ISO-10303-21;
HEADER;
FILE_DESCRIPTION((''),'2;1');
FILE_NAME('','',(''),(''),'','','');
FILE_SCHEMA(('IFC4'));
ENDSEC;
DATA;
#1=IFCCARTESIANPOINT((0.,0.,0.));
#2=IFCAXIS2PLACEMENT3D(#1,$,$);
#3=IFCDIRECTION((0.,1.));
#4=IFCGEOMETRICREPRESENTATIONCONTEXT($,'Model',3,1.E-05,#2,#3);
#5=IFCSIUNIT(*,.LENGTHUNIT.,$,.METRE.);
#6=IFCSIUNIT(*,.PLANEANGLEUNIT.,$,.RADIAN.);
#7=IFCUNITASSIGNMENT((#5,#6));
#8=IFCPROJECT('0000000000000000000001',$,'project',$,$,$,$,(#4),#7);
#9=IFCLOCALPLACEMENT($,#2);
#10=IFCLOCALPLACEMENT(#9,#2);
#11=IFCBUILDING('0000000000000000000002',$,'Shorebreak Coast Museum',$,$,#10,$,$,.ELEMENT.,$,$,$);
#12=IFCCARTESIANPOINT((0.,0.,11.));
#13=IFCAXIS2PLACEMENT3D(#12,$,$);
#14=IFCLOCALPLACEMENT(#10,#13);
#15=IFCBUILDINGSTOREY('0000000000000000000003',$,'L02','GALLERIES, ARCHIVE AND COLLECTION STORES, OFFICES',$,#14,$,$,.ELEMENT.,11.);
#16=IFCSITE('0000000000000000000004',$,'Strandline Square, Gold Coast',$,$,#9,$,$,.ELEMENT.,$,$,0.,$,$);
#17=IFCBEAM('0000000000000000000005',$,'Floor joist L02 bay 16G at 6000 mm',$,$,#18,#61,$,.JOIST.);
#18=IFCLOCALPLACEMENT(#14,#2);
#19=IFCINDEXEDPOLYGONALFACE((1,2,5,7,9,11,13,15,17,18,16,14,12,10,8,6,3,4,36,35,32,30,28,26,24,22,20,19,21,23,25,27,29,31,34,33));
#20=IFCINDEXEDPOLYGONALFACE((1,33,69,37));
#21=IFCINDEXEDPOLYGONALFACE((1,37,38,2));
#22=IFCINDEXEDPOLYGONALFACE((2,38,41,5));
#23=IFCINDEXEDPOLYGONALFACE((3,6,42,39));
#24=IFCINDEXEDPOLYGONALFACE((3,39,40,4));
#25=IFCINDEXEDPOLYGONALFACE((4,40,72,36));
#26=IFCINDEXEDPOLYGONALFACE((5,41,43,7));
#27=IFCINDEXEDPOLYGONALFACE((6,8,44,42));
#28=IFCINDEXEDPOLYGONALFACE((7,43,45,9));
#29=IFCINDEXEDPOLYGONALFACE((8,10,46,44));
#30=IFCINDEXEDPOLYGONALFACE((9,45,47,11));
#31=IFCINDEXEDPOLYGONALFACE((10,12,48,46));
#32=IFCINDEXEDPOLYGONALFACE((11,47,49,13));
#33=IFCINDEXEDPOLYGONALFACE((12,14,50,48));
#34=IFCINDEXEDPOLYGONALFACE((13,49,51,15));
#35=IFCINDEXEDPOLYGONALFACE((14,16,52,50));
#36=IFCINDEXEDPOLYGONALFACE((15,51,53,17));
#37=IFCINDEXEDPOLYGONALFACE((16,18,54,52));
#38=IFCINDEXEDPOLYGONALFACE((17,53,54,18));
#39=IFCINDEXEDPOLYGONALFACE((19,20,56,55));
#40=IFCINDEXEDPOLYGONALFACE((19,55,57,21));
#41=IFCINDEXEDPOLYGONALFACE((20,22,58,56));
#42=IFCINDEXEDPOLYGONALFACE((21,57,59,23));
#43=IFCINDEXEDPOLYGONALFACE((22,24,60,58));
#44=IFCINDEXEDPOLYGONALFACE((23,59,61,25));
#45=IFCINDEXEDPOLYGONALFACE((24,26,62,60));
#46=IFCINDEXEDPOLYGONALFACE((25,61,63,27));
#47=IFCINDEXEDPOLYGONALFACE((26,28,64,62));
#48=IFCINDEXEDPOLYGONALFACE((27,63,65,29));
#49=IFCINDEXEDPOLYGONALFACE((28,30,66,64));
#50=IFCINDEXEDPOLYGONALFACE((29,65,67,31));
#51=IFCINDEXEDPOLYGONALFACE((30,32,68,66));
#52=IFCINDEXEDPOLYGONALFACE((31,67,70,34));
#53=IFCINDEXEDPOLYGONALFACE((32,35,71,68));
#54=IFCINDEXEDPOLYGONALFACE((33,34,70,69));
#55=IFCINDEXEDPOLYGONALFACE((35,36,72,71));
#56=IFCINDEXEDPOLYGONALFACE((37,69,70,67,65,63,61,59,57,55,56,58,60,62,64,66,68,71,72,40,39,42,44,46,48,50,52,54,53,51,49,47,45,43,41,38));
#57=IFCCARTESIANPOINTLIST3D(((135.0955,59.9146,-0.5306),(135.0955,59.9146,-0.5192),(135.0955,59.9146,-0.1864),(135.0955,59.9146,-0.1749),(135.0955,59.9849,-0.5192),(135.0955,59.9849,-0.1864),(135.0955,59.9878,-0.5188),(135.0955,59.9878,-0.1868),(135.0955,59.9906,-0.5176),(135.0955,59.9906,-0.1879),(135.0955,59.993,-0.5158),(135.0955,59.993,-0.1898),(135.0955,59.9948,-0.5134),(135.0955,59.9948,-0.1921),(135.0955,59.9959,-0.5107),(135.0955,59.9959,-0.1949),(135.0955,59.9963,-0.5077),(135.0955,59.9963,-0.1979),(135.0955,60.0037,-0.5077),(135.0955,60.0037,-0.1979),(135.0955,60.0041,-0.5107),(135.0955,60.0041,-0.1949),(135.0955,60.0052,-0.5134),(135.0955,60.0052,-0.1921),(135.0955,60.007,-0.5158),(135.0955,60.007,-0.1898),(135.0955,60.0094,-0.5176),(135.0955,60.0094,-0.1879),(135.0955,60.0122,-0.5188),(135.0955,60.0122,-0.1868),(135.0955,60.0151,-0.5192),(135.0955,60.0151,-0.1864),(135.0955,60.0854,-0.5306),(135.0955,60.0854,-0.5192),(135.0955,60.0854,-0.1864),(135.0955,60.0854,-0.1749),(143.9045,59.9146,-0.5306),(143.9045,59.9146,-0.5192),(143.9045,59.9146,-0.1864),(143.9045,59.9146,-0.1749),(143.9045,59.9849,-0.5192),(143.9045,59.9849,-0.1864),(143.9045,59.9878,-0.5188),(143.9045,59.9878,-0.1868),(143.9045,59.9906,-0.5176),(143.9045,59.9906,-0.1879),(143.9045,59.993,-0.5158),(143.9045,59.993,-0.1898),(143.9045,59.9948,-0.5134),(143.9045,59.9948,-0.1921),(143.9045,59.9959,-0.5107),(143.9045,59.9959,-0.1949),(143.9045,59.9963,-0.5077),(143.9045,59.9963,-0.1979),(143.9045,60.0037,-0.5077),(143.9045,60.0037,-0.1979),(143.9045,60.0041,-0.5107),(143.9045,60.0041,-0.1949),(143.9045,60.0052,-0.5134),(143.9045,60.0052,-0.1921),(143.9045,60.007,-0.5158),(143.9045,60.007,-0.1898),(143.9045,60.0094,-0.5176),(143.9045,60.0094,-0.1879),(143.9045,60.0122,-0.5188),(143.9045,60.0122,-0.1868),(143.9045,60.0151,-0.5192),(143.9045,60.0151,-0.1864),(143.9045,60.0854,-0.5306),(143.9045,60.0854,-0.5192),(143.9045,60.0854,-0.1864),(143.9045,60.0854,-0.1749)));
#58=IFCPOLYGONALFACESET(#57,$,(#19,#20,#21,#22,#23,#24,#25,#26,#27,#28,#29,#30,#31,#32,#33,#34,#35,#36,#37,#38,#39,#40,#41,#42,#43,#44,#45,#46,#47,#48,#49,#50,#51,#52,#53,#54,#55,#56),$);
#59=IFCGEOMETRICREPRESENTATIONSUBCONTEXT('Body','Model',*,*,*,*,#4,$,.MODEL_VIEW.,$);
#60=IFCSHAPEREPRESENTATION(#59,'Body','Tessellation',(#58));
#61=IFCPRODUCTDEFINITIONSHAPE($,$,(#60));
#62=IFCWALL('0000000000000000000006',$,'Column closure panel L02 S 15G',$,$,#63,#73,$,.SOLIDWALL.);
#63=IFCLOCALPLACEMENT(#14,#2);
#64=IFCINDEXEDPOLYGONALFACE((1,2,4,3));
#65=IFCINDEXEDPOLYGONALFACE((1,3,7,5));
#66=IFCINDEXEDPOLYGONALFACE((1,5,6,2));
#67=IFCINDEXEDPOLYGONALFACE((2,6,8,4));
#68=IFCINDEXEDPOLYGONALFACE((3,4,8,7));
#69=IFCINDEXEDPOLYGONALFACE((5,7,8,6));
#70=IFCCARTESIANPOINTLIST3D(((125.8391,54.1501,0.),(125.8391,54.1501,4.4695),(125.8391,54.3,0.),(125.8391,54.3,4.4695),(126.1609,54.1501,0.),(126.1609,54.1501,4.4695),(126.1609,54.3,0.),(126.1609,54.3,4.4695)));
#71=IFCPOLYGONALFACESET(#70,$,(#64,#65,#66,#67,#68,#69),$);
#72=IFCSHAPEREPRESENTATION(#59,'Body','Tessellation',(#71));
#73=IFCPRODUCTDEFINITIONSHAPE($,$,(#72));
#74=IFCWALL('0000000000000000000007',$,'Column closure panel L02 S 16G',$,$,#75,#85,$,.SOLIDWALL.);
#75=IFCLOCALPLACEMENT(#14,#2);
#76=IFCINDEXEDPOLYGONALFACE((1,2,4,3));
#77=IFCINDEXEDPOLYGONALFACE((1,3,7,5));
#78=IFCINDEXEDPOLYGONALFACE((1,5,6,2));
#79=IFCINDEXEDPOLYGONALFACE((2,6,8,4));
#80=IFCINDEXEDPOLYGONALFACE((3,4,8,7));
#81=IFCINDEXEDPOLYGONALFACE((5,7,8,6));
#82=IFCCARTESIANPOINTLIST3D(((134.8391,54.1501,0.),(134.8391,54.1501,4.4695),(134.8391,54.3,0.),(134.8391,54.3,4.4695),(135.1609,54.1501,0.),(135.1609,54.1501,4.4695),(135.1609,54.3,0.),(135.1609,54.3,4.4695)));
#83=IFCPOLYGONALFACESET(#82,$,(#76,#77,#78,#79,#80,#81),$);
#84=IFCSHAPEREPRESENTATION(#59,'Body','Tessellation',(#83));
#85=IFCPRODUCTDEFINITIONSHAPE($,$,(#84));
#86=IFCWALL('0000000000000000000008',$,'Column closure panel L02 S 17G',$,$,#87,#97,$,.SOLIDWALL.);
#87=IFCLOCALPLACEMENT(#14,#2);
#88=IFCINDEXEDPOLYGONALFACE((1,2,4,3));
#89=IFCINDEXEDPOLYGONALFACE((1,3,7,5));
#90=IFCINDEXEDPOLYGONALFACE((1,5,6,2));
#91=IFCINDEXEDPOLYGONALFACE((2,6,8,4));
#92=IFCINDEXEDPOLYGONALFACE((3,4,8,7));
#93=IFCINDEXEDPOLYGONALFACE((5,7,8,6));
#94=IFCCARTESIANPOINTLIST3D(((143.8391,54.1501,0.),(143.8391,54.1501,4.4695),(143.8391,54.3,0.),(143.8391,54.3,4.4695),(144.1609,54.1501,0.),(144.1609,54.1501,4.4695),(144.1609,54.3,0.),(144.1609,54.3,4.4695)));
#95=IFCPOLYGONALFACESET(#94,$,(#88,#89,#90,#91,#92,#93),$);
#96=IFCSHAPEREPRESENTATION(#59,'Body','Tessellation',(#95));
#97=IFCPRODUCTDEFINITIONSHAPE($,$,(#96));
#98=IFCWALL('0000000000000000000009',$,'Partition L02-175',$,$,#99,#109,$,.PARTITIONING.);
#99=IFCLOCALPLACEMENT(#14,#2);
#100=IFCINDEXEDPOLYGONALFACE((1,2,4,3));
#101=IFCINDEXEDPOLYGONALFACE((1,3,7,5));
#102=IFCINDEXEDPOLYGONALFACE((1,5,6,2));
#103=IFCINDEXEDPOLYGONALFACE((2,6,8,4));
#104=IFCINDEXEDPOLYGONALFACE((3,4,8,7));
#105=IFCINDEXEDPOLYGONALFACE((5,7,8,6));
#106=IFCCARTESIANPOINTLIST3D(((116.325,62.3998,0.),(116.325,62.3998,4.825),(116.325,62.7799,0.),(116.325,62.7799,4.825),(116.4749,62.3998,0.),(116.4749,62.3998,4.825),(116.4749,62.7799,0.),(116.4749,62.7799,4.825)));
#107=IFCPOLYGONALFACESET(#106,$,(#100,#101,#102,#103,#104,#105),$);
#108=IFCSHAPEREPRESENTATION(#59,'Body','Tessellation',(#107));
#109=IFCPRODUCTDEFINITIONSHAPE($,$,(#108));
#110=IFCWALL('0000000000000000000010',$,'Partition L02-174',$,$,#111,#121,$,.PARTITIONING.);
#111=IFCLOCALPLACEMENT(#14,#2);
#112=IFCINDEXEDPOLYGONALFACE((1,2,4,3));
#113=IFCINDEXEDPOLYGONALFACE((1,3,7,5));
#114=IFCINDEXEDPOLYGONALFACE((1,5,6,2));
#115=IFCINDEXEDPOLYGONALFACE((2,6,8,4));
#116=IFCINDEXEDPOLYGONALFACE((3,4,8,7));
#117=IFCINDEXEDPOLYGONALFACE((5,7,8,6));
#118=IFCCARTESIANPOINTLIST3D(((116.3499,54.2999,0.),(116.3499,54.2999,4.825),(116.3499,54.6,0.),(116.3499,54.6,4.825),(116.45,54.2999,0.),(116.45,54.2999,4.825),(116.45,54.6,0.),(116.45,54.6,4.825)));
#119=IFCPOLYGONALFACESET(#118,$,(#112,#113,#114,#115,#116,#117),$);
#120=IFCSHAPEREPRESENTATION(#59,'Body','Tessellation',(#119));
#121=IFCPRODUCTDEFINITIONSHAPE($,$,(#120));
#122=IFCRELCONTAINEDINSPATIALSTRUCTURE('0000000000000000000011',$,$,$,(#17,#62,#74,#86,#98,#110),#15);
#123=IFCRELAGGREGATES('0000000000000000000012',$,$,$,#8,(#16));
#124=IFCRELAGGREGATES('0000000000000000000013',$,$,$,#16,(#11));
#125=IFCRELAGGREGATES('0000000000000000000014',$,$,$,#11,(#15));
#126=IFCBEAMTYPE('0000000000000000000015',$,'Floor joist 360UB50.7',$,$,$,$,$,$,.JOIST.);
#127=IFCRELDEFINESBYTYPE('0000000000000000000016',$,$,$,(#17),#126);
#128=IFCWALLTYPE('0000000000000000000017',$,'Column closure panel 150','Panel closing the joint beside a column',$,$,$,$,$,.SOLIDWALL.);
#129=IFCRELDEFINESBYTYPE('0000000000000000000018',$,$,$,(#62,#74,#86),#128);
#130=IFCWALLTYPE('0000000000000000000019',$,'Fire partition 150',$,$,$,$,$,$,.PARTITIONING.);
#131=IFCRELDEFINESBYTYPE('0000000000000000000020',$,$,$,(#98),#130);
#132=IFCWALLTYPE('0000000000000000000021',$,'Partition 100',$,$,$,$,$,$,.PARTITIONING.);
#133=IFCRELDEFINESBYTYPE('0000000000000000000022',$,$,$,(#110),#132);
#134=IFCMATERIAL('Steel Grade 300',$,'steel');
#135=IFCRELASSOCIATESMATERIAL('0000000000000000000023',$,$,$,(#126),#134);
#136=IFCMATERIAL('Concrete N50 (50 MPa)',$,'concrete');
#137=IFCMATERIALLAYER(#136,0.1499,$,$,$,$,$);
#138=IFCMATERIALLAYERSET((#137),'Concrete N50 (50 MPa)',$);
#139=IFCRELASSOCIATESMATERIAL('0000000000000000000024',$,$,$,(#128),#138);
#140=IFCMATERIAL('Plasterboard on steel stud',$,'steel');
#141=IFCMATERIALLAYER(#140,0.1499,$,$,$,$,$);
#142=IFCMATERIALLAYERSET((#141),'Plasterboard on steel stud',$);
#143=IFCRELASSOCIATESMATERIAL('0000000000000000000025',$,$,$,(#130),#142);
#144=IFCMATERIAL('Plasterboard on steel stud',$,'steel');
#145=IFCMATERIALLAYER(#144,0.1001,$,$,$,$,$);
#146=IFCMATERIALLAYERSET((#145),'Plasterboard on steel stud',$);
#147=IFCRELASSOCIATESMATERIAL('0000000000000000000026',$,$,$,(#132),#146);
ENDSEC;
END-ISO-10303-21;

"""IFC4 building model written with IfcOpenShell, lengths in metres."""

from ifc_helpers import new_model, si_unit, direction, frame, frame_2d, origin, origin_2d, place, context, subcontext, project, spatial, rectangle, i_section, extrude, material, layer, layer_set, material_profile, profile_set, type_object, element, save


model = new_model("IFC4")

# Units and contexts
model_context = context("Model", 3, precision=1e-05, world=origin(), true_north=direction((0.0, 1.0)))
body_context = subcontext(model_context, "Body", "Model", "MODEL_VIEW")
ifc_project = project(units=[si_unit("LENGTHUNIT", "METRE"), si_unit("PLANEANGLEUNIT", "RADIAN")], contexts=[model_context])

# Site, building, storey
site_placement = place(None, origin())
site = spatial("IfcSite", under=ifc_project, at=site_placement, Name="Strandline Square, Gold Coast", CompositionType="ELEMENT", RefElevation=0.0)
building_placement = place(site_placement, origin())
building = spatial("IfcBuilding", under=site, at=building_placement, Name="Shorebreak Coast Museum", CompositionType="ELEMENT")
storey_placement = place(building_placement, frame((0.0, 0.0, 11.0)))
storey = spatial("IfcBuildingStorey", under=building, at=storey_placement, Name="L02", Description="GALLERIES, ARCHIVE AND COLLECTION STORES, OFFICES", CompositionType="ELEMENT", Elevation=11.0)

# Beam
ifc_material_1 = material(Name="Steel Grade 300", Category="steel")
ifc_material_profile_1 = material_profile(ifc_material_1, i_section(OverallWidth=0.1709, OverallDepth=0.3557, WebThickness=0.0073, FlangeThickness=0.0115, FilletRadius=0.0115, at=origin_2d()), Name="360UB50.7")
ifc_profile_set_1 = profile_set([ifc_material_profile_1], Name="Steel Grade 300")
beam_type_1 = type_object("IfcBeamType", Name="Floor joist 360UB50.7", PredefinedType="JOIST", material=ifc_profile_set_1)
for number, where, z_axis, x_axis, name in (
    (1, (135.0955, 60.0, -0.3528), (1.0, 0.0, 0.0), (0.0, 1.0, 0.0), "Floor joist L02 bay 16G at 6000 mm"),
):
    element("IfcBeam", number, at=place(storey_placement, frame(where, z_axis=z_axis, x_axis=x_axis)), inside=storey, type_object=beam_type_1, Name=name, PredefinedType="JOIST", context=body_context, shape_type="SweptSolid", body=[
        extrude(i_section(OverallWidth=0.1709, OverallDepth=0.3557, WebThickness=0.0073, FlangeThickness=0.0115, FilletRadius=0.0115, at=origin_2d()), origin(), (0.0, 0.0, 1.0), 8.8091),
    ])

# Walls
ifc_material_2 = material(Name="Concrete N50 (50 MPa)", Category="concrete")
ifc_layer_1 = layer(ifc_material_2, 0.1499)
ifc_layer_set_1 = layer_set([ifc_layer_1], Name="Concrete N50 (50 MPa)")
wall_type_1 = type_object("IfcWallType", Name="Column closure panel 150", Description="Panel closing the joint beside a column", PredefinedType="SOLIDWALL", material=ifc_layer_set_1)
for number, where, z_axis, x_axis, name in (
    (2, (125.8391, 54.2251, 0.0), (0.0, 0.0, 1.0), (1.0, 0.0, 0.0), "Column closure panel L02 S 15G"),
    (3, (134.8391, 54.2251, 0.0), (0.0, 0.0, 1.0), (1.0, 0.0, 0.0), "Column closure panel L02 S 16G"),
    (4, (143.8391, 54.2251, 0.0), (0.0, 0.0, 1.0), (1.0, 0.0, 0.0), "Column closure panel L02 S 17G"),
):
    element("IfcWall", number, at=place(storey_placement, frame(where, z_axis=z_axis, x_axis=x_axis)), inside=storey, type_object=wall_type_1, Name=name, PredefinedType="SOLIDWALL", context=body_context, shape_type="SweptSolid", body=[
        extrude(rectangle(XDim=0.3218, YDim=0.1499, at=frame_2d((0.1609, 0.0))), origin(), (0.0, 0.0, 1.0), 4.4695),
    ])
ifc_material_3 = material(Name="Plasterboard on steel stud", Category="steel")
ifc_layer_2 = layer(ifc_material_3, 0.1499)
ifc_layer_set_2 = layer_set([ifc_layer_2], Name="Plasterboard on steel stud")
wall_type_2 = type_object("IfcWallType", Name="Fire partition 150", PredefinedType="PARTITIONING", material=ifc_layer_set_2)
wall_1_placement = place(storey_placement, frame((116.3999, 62.3999, 0.0), z_axis=(0.0, 0.0, 1.0), x_axis=(0.0, 1.0, 0.0)))
element("IfcWall", 5, at=wall_1_placement, inside=storey, type_object=wall_type_2, Name="Partition L02-175", PredefinedType="PARTITIONING", context=body_context, shape_type="SweptSolid", body=[
    extrude(rectangle(XDim=0.3801, YDim=0.1499, at=frame_2d((0.1899, 0.0))), origin(), (0.0, 0.0, 1.0), 4.825),
])
ifc_material_4 = material(Name="Plasterboard on steel stud", Category="steel")
ifc_layer_3 = layer(ifc_material_4, 0.1001)
ifc_layer_set_3 = layer_set([ifc_layer_3], Name="Plasterboard on steel stud")
wall_type_3 = type_object("IfcWallType", Name="Partition 100", PredefinedType="PARTITIONING", material=ifc_layer_set_3)
wall_2_placement = place(storey_placement, frame((116.3999, 54.3, 0.0), z_axis=(0.0, 0.0, 1.0), x_axis=(0.0, 1.0, 0.0)))
element("IfcWall", 6, at=wall_2_placement, inside=storey, type_object=wall_type_3, Name="Partition L02-174", PredefinedType="PARTITIONING", context=body_context, shape_type="SweptSolid", body=[
    extrude(rectangle(XDim=0.3, YDim=0.1001, at=frame_2d((0.1499, 0.0))), origin(), (0.0, 0.0, 1.0), 4.825),
])

save(model, "model.ifc")
